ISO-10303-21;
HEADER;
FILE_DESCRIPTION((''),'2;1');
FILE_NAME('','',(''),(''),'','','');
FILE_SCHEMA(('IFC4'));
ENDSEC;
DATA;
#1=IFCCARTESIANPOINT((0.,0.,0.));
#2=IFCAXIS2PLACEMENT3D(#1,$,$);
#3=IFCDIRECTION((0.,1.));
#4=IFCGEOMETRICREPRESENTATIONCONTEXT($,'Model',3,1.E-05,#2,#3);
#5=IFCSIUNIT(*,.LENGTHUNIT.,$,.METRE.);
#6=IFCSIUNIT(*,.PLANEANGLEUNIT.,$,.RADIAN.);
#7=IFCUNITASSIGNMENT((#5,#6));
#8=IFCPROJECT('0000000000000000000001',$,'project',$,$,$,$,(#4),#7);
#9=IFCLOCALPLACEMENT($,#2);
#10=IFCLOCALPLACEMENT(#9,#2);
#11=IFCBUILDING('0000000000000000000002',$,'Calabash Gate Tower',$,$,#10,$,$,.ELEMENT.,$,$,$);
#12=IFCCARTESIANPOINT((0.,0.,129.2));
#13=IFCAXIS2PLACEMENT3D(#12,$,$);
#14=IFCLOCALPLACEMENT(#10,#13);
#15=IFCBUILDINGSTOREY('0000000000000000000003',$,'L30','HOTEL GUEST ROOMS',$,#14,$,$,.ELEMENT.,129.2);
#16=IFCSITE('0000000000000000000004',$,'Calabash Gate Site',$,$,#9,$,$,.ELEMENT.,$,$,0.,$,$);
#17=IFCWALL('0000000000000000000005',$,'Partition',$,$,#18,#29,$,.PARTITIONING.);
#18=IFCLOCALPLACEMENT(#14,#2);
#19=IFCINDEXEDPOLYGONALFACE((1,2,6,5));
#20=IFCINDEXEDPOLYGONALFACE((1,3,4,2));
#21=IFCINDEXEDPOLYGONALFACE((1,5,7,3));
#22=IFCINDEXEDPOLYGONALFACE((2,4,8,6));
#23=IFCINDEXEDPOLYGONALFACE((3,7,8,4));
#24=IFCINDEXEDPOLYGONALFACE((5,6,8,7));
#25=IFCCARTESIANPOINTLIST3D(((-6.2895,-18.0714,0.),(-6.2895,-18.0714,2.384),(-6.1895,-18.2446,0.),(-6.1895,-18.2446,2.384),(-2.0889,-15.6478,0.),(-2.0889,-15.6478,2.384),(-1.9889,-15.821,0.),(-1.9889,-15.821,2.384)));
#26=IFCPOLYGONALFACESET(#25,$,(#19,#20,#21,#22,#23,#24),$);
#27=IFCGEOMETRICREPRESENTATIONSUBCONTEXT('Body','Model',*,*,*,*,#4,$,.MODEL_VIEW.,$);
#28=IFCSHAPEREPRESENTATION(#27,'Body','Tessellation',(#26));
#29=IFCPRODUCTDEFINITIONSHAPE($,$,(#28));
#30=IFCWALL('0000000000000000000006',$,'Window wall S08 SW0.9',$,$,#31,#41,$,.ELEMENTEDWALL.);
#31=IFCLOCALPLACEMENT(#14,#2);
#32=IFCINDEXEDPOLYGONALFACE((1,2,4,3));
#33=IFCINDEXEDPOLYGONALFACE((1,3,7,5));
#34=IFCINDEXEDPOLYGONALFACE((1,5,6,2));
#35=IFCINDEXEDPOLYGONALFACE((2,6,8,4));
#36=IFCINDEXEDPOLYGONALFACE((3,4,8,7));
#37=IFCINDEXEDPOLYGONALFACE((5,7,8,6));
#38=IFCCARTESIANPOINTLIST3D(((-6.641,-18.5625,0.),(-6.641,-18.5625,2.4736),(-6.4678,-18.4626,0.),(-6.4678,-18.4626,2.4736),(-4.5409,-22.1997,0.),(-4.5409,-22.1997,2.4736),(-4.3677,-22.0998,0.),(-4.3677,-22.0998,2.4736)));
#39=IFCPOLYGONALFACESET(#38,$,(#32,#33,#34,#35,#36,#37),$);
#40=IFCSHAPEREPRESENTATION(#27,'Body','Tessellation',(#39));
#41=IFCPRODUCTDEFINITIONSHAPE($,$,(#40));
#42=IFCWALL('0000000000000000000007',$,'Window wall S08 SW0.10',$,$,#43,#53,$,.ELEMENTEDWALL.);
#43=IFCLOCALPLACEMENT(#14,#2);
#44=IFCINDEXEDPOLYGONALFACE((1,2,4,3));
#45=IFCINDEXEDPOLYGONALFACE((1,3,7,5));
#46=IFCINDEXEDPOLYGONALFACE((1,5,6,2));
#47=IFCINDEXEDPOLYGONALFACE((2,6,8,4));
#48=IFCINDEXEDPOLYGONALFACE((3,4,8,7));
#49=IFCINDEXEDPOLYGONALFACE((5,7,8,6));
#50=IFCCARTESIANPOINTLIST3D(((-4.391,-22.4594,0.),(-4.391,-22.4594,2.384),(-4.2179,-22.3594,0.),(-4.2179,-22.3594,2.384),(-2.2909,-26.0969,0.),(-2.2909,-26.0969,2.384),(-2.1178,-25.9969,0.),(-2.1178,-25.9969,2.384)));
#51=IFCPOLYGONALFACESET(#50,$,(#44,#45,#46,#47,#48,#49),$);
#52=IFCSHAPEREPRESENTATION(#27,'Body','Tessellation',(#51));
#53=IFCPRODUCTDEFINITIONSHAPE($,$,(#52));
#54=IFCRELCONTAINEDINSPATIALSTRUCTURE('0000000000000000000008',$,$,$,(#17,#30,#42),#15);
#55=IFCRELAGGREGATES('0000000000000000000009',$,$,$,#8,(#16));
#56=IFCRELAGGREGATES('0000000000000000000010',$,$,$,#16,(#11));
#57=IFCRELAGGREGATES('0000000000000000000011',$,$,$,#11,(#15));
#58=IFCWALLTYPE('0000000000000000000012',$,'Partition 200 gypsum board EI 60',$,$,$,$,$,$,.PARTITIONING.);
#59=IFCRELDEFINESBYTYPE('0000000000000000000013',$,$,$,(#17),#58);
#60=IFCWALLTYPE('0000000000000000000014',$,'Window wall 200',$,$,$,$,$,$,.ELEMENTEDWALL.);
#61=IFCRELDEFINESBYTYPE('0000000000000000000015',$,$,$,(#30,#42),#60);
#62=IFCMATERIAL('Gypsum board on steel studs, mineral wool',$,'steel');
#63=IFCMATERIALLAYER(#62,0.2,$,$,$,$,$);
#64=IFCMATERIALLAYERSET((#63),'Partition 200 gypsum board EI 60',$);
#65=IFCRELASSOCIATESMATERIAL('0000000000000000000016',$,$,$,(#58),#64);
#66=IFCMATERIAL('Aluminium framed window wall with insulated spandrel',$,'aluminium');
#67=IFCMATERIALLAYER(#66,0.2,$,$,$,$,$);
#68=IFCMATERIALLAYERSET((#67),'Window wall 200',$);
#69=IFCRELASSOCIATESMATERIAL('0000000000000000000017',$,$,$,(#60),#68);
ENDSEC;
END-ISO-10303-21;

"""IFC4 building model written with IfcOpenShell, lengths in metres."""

from ifc_helpers import new_model, si_unit, direction, frame, frame_2d, origin, place, context, subcontext, project, spatial, rectangle, extrude, material, layer, layer_set, type_object, element, save


model = new_model("IFC4")

# Units and contexts
model_context = context("Model", 3, precision=1e-05, world=origin(), true_north=direction((0.0, 1.0)))
body_context = subcontext(model_context, "Body", "Model", "MODEL_VIEW")
ifc_project = project(units=[si_unit("LENGTHUNIT", "METRE"), si_unit("PLANEANGLEUNIT", "RADIAN")], contexts=[model_context])

# Site, building, storey
site_placement = place(None, origin())
site = spatial("IfcSite", under=ifc_project, at=site_placement, Name="Calabash Gate Site", CompositionType="ELEMENT", RefElevation=0.0)
building_placement = place(site_placement, origin())
building = spatial("IfcBuilding", under=site, at=building_placement, Name="Calabash Gate Tower", CompositionType="ELEMENT")
storey_placement = place(building_placement, frame((0.0, 0.0, 129.2)))
storey = spatial("IfcBuildingStorey", under=building, at=storey_placement, Name="L30", Description="HOTEL GUEST ROOMS", CompositionType="ELEMENT", Elevation=129.2)

# Walls
ifc_material_1 = material(Name="Gypsum board on steel studs, mineral wool", Category="steel")
ifc_layer_1 = layer(ifc_material_1, 0.2)
ifc_layer_set_1 = layer_set([ifc_layer_1], Name="Partition 200 gypsum board EI 60")
wall_type_1 = type_object("IfcWallType", Name="Partition 200 gypsum board EI 60", PredefinedType="PARTITIONING", material=ifc_layer_set_1)
wall_1_placement = place(storey_placement, frame((-6.2395, -18.158, 0.0), z_axis=(0.0, 0.0, 1.0), x_axis=(0.866176, 0.49974, 0.0)))
element("IfcWall", 1, at=wall_1_placement, inside=storey, type_object=wall_type_1, Name="Partition", PredefinedType="PARTITIONING", context=body_context, shape_type="SweptSolid", body=[
    extrude(rectangle(XDim=4.8496, YDim=0.2, at=frame_2d((2.4248, 0.0))), origin(), (0.0, 0.0, 1.0), 2.384),
])
ifc_material_2 = material(Name="Aluminium framed window wall with insulated spandrel", Category="aluminium")
ifc_layer_2 = layer(ifc_material_2, 0.2)
ifc_layer_set_2 = layer_set([ifc_layer_2], Name="Window wall 200")
wall_type_2 = type_object("IfcWallType", Name="Window wall 200", PredefinedType="ELEMENTEDWALL", material=ifc_layer_set_2)
wall_2_placement = place(storey_placement, frame((-6.5544, -18.5125, 0.0), z_axis=(0.0, 0.0, 1.0), x_axis=(0.500028, -0.866009, 0.0)))
element("IfcWall", 2, at=wall_2_placement, inside=storey, type_object=wall_type_2, Name="Window wall S08 SW0.9", PredefinedType="ELEMENTEDWALL", context=body_context, shape_type="SweptSolid", body=[
    extrude(rectangle(XDim=4.2, YDim=0.2, at=frame_2d((2.1001, 0.0))), origin(), (0.0, 0.0, 1.0), 2.4736),
])
wall_3_placement = place(storey_placement, frame((-4.3044, -22.4094, 0.0), z_axis=(0.0, 0.0, 1.0), x_axis=(0.500003, -0.866024, 0.0)))
element("IfcWall", 3, at=wall_3_placement, inside=storey, type_object=wall_type_2, Name="Window wall S08 SW0.10", PredefinedType="ELEMENTEDWALL", context=body_context, shape_type="SweptSolid", body=[
    extrude(rectangle(XDim=4.2002, YDim=0.2, at=frame_2d((2.1001, 0.0))), origin(), (0.0, 0.0, 1.0), 2.384),
])

save(model, "model.ifc")
